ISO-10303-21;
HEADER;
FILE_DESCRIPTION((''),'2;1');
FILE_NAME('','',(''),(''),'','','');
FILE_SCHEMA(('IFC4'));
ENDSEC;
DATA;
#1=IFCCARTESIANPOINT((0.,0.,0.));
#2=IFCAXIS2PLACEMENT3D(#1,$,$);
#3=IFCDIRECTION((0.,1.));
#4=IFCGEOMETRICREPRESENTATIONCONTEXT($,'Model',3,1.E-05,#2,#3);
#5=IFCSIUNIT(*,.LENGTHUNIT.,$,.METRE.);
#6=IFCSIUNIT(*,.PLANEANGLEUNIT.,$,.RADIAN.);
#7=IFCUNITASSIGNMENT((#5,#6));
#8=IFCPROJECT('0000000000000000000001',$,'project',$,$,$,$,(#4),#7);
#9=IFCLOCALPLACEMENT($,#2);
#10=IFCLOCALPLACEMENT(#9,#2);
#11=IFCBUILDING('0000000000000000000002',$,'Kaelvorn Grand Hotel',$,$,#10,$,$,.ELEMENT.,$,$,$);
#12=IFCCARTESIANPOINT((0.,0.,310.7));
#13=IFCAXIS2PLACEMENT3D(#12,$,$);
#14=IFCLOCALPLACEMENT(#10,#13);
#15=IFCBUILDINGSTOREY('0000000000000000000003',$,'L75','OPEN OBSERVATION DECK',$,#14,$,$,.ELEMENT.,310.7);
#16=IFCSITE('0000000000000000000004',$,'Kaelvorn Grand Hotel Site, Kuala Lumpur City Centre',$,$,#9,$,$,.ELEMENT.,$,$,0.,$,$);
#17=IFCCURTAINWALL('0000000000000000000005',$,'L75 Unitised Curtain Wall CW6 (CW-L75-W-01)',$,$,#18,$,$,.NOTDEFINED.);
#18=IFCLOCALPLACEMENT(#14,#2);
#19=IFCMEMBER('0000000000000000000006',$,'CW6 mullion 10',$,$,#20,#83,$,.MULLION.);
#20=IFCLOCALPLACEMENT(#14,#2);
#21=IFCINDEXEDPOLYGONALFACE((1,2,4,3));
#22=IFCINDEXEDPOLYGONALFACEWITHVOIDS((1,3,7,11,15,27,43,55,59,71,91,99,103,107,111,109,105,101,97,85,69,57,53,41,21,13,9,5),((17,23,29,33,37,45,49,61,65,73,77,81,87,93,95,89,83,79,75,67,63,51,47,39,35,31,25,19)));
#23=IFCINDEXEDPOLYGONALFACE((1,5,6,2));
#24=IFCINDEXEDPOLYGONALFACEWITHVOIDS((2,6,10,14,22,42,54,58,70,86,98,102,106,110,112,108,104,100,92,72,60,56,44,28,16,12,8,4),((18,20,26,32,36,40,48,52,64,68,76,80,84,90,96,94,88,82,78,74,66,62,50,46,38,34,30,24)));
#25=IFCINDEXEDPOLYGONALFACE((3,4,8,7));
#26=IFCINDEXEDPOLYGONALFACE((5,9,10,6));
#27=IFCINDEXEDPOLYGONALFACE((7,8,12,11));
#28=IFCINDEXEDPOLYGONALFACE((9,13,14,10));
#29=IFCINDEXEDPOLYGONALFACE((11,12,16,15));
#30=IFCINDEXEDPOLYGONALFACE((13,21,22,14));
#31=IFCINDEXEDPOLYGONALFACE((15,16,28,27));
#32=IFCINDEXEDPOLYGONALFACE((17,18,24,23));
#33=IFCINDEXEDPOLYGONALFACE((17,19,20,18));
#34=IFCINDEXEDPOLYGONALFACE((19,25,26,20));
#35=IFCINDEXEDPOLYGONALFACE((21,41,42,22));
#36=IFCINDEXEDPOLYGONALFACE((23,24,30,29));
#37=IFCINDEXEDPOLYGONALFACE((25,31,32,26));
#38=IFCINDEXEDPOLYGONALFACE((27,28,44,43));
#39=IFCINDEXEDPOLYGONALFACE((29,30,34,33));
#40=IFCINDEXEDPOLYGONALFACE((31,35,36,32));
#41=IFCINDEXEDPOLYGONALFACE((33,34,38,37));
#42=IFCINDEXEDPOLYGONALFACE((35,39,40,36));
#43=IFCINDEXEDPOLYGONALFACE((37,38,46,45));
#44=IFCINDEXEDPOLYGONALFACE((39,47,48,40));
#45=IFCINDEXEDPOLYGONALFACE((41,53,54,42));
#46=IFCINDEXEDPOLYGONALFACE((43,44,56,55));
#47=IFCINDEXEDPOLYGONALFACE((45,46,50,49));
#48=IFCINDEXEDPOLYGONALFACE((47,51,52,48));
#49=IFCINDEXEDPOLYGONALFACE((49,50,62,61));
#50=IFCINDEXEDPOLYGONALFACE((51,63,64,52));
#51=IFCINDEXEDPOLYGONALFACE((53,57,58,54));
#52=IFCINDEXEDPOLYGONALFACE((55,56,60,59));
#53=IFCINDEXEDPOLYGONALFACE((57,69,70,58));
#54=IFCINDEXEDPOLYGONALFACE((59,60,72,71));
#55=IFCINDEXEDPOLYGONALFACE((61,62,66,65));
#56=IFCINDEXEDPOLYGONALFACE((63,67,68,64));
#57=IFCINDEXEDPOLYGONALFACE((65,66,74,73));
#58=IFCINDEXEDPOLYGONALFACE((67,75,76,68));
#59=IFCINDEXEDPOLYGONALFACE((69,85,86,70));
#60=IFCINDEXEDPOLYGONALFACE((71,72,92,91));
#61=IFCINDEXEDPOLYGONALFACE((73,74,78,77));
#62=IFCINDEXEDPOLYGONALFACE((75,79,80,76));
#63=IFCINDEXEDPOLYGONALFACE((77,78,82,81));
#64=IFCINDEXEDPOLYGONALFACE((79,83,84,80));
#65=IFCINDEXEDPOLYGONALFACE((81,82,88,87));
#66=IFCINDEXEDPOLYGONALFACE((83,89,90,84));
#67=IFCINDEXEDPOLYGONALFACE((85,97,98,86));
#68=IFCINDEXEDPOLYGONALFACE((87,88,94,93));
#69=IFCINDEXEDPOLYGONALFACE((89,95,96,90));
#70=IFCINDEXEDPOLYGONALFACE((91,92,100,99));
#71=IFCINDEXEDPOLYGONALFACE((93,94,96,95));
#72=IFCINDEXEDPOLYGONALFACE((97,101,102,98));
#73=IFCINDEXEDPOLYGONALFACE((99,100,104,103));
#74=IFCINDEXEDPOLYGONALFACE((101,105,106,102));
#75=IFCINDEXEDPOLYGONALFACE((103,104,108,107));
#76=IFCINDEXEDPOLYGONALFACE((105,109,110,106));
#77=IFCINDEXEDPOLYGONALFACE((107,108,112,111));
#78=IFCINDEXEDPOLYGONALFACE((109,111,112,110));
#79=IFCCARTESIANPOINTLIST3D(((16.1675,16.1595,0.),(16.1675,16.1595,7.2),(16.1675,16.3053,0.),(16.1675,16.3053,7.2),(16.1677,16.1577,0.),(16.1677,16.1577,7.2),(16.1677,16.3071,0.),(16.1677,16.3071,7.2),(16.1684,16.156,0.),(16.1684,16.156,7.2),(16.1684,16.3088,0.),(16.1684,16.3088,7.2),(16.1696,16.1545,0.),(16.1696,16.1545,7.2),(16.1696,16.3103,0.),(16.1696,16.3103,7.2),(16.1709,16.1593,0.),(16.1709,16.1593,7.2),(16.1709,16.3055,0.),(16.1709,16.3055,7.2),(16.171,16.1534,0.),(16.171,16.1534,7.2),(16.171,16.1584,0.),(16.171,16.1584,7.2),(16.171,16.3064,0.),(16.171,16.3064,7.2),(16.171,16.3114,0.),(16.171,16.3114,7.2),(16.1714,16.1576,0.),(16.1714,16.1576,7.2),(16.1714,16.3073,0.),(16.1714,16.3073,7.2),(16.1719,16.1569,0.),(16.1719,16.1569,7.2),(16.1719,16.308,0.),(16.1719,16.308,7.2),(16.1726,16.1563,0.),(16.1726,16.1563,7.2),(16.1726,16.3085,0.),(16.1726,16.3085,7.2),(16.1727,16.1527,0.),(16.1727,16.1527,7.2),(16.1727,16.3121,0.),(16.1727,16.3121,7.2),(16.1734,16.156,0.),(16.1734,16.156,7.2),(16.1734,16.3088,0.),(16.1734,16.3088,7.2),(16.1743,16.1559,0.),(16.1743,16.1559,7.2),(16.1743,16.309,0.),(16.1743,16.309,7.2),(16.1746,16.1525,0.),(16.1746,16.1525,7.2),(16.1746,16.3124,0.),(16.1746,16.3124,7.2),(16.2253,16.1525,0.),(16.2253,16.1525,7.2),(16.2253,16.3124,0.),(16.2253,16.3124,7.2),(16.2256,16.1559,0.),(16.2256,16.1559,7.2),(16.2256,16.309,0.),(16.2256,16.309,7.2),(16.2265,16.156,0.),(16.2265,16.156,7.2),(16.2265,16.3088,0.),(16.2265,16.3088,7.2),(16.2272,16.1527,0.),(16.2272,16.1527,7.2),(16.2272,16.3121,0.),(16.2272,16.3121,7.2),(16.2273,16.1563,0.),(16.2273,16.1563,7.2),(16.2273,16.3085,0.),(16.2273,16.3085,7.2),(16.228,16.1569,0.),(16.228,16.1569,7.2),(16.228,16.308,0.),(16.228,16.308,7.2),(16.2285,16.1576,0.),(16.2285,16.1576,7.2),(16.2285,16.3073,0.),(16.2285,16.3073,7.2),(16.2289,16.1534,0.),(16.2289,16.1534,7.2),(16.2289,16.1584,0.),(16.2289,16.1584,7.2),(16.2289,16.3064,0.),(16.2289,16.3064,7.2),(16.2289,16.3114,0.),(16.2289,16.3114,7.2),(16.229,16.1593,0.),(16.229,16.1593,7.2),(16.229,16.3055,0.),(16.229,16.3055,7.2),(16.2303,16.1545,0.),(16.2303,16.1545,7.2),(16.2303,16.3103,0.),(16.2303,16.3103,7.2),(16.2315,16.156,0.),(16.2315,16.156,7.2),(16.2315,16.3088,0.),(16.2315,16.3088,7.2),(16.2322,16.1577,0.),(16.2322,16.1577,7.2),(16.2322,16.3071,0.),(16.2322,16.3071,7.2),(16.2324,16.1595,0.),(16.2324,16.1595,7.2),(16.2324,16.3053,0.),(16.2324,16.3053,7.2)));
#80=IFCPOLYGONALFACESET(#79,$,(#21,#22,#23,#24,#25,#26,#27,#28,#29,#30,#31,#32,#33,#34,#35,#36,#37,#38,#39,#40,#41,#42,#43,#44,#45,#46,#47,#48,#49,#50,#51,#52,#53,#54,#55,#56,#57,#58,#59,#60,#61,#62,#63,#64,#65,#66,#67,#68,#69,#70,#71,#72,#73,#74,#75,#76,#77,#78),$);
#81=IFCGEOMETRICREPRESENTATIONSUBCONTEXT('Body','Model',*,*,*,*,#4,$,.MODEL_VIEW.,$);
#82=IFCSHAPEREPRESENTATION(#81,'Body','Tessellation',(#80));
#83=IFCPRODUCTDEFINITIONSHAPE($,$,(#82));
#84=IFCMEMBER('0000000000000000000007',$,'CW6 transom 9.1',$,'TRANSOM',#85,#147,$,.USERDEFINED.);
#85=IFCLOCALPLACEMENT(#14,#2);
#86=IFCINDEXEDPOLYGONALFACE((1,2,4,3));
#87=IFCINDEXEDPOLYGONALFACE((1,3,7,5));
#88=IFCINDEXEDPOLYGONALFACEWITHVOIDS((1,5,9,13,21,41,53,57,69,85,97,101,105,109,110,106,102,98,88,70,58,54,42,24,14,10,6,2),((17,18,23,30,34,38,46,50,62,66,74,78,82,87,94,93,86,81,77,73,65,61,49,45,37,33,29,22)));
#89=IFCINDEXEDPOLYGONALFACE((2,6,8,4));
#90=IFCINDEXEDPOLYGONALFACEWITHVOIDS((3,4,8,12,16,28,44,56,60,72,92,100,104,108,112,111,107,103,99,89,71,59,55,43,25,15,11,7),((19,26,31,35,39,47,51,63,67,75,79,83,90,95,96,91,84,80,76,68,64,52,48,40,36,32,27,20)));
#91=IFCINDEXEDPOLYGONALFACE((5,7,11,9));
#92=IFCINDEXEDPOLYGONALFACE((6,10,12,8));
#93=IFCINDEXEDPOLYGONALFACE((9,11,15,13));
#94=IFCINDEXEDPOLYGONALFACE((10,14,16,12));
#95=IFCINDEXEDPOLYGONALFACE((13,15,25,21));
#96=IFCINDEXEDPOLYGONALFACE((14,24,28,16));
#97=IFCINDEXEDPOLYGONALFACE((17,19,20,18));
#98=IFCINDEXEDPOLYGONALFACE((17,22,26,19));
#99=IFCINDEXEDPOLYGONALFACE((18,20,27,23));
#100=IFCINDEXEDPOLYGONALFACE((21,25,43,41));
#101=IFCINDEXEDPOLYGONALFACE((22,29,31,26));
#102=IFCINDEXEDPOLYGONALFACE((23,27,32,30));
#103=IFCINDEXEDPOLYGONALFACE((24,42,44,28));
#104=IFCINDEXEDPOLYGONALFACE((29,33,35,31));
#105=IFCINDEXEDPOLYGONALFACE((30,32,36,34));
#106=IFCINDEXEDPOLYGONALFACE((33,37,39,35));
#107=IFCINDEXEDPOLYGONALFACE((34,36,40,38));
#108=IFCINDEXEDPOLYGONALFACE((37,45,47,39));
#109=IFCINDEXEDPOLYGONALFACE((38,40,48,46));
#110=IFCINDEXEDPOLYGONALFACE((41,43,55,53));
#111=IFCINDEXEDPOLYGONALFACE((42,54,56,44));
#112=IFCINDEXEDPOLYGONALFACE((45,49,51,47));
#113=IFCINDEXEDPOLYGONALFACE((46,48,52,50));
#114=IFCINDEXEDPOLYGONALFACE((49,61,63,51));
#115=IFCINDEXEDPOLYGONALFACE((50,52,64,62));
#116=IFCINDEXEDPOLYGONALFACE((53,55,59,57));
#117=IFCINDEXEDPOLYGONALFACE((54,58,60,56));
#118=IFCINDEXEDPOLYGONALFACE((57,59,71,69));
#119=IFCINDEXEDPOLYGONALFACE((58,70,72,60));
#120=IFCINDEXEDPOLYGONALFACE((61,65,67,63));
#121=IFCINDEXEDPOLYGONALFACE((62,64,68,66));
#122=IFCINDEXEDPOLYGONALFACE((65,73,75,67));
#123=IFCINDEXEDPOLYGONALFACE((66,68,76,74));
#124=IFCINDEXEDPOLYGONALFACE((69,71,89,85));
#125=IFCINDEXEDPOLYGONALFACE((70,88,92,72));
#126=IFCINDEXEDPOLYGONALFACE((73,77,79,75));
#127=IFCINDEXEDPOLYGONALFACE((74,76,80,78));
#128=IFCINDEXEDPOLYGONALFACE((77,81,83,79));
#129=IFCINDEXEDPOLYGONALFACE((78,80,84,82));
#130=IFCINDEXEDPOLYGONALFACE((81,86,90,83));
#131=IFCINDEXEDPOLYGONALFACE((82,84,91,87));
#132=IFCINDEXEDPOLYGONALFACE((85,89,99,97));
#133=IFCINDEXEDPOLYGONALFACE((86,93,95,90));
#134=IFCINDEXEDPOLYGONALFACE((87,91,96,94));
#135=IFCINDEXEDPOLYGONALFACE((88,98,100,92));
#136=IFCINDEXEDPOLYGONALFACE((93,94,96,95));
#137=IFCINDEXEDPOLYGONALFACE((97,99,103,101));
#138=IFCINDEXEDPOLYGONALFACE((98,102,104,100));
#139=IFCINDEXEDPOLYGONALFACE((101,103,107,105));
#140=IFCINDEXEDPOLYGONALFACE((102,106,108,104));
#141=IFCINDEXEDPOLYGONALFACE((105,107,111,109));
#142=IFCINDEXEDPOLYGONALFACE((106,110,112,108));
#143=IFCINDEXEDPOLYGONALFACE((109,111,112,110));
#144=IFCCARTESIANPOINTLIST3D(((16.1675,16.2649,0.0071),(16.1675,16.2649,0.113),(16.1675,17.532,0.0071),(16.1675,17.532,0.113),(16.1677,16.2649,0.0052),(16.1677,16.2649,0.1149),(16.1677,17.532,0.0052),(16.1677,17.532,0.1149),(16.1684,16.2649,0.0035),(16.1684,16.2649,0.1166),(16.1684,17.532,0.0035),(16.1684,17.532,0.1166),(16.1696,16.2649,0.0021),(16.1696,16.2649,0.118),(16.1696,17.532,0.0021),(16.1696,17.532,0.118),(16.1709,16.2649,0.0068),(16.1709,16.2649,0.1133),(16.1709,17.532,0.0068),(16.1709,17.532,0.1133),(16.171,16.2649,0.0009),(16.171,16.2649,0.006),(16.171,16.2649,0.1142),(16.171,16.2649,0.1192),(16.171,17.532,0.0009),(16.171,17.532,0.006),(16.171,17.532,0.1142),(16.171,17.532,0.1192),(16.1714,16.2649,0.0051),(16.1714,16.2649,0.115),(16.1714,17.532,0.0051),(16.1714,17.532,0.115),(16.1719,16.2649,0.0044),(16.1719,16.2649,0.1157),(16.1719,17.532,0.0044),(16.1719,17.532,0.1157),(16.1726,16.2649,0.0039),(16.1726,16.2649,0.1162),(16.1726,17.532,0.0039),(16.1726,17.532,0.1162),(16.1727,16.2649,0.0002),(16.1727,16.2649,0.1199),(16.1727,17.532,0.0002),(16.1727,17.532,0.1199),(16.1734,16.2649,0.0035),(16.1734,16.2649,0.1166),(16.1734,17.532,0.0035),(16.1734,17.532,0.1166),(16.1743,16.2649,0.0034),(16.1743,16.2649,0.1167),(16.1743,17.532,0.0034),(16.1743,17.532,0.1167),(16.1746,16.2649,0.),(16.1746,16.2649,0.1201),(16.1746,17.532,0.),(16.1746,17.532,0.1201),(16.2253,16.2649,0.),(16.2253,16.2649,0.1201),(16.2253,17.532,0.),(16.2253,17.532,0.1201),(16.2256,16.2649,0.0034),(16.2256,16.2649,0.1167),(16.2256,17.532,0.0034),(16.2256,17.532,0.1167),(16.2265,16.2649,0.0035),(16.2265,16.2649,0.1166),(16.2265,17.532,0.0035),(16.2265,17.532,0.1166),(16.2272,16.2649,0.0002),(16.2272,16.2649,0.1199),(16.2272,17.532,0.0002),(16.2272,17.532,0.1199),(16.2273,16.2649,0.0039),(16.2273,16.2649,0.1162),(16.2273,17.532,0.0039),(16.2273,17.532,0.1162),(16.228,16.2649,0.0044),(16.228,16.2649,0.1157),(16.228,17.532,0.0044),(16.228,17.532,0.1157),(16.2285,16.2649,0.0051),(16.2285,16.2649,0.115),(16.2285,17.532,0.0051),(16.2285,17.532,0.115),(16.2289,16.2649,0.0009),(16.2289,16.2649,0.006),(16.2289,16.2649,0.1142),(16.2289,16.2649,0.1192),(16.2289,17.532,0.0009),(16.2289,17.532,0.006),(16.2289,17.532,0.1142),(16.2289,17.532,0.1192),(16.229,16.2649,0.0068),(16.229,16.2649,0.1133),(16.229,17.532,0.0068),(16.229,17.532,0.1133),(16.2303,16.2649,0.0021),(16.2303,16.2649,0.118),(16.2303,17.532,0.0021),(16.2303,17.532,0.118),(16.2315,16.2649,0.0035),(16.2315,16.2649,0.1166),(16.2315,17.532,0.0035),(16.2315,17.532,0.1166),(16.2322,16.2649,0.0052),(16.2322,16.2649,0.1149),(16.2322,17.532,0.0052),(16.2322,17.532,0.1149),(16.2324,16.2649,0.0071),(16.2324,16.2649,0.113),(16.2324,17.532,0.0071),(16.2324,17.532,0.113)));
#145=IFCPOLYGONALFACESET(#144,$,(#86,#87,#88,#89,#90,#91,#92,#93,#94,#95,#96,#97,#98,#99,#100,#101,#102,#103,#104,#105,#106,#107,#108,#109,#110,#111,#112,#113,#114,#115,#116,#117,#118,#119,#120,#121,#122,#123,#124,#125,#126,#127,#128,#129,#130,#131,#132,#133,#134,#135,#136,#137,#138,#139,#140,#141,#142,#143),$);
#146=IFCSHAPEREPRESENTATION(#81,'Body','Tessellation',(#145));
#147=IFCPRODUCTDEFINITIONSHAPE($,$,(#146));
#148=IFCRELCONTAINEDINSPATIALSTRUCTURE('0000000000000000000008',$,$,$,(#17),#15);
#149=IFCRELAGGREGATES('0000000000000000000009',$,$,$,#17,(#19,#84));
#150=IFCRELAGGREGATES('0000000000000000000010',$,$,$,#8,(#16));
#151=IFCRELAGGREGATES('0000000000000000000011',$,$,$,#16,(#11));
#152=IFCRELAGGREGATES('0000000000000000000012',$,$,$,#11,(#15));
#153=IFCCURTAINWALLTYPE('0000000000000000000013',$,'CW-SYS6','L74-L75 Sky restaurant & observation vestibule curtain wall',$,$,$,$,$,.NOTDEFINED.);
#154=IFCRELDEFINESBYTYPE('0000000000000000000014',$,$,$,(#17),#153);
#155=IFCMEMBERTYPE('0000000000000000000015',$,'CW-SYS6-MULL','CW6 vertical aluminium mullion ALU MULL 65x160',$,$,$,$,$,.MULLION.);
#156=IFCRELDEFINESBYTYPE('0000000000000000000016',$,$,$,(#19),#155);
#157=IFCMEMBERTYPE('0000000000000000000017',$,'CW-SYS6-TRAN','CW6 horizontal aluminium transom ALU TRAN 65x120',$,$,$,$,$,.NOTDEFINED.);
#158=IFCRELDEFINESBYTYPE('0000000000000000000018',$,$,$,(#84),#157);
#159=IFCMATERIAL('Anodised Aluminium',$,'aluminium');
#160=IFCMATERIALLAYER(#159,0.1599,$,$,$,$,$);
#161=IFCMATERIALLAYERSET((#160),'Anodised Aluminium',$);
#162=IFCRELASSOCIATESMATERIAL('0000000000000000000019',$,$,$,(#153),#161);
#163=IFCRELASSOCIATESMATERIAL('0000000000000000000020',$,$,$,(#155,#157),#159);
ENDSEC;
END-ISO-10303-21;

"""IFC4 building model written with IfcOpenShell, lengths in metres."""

from ifc_helpers import new_model, si_unit, direction, frame, origin, origin_2d, place, context, subcontext, project, spatial, hollow_rectangle, extrude, material, layer, layer_set, material_profile, profile_set, type_object, element, aggregate, save


model = new_model("IFC4")

# Units and contexts
model_context = context("Model", 3, precision=1e-05, world=origin(), true_north=direction((0.0, 1.0)))
body_context = subcontext(model_context, "Body", "Model", "MODEL_VIEW")
ifc_project = project(units=[si_unit("LENGTHUNIT", "METRE"), si_unit("PLANEANGLEUNIT", "RADIAN")], contexts=[model_context])

# Site, building, storey
site_placement = place(None, origin())
site = spatial("IfcSite", under=ifc_project, at=site_placement, Name="Kaelvorn Grand Hotel Site, Kuala Lumpur City Centre", CompositionType="ELEMENT", RefElevation=0.0)
building_placement = place(site_placement, origin())
building = spatial("IfcBuilding", under=site, at=building_placement, Name="Kaelvorn Grand Hotel", CompositionType="ELEMENT")
storey_placement = place(building_placement, frame((0.0, 0.0, 310.7)))
storey = spatial("IfcBuildingStorey", under=building, at=storey_placement, Name="L75", Description="OPEN OBSERVATION DECK", CompositionType="ELEMENT", Elevation=310.7)

# Curtain wall, members
ifc_material_1 = material(Name="Anodised Aluminium", Category="aluminium")
ifc_layer_1 = layer(ifc_material_1, 0.1599)
ifc_layer_set_1 = layer_set([ifc_layer_1], Name="Anodised Aluminium")
curtain_wall_type = type_object("IfcCurtainWallType", Name="CW-SYS6", Description="L74-L75 Sky restaurant & observation vestibule curtain wall", PredefinedType="NOTDEFINED", material=ifc_layer_set_1)
curtain_wall_placement = place(storey_placement, origin())
curtain_wall = element("IfcCurtainWall", 1, at=curtain_wall_placement, inside=storey, type_object=curtain_wall_type, Name="L75 Unitised Curtain Wall CW6 (CW-L75-W-01)", PredefinedType="NOTDEFINED")
ifc_material_profile_1 = material_profile(ifc_material_1, hollow_rectangle(XDim=0.0649, YDim=0.1599, WallThickness=0.0034, InnerFilletRadius=0.0034, OuterFilletRadius=0.0071, at=origin_2d()), Name="ALU MULL 65x160")
ifc_profile_set_1 = profile_set([ifc_material_profile_1], Name="Anodised Aluminium")
member_type_1 = type_object("IfcMemberType", Name="CW-SYS6-MULL", Description="CW6 vertical aluminium mullion ALU MULL 65x160", PredefinedType="MULLION", material=ifc_profile_set_1)
member_1_placement = place(storey_placement, frame((16.2, 16.2324, 0.0), z_axis=(0.0, 0.0, 1.0), x_axis=(1.0, 0.0, 0.0)))
member_1 = element("IfcMember", 2, at=member_1_placement, type_object=member_type_1, Name="CW6 mullion 10", PredefinedType="MULLION", context=body_context, shape_type="SweptSolid", body=[
    extrude(hollow_rectangle(XDim=0.0649, YDim=0.1599, WallThickness=0.0034, InnerFilletRadius=0.0034, OuterFilletRadius=0.0071, at=origin_2d()), origin(), (0.0, 0.0, 1.0), 7.2),
])
ifc_material_profile_2 = material_profile(ifc_material_1, hollow_rectangle(XDim=0.0649, YDim=0.1201, WallThickness=0.0034, InnerFilletRadius=0.0034, OuterFilletRadius=0.0071, at=origin_2d()), Name="ALU TRAN 65x120")
ifc_profile_set_2 = profile_set([ifc_material_profile_2], Name="Anodised Aluminium")
member_type_2 = type_object("IfcMemberType", Name="CW-SYS6-TRAN", Description="CW6 horizontal aluminium transom ALU TRAN 65x120", PredefinedType="NOTDEFINED", material=ifc_profile_set_2)
member_2_placement = place(storey_placement, frame((16.2, 17.532, 0.0601), z_axis=(0.0, -1.0, 0.0), x_axis=(1.0, 0.0, 0.0)))
member_2 = element("IfcMember", 3, at=member_2_placement, type_object=member_type_2, Name="CW6 transom 9.1", ObjectType="TRANSOM", PredefinedType="USERDEFINED", context=body_context, shape_type="SweptSolid", body=[
    extrude(hollow_rectangle(XDim=0.0649, YDim=0.1201, WallThickness=0.0034, InnerFilletRadius=0.0034, OuterFilletRadius=0.0071, at=origin_2d()), origin(), (0.0, 0.0, 1.0), 1.2671),
])

aggregate(curtain_wall, [member_1, member_2])

save(model, "model.ifc")
